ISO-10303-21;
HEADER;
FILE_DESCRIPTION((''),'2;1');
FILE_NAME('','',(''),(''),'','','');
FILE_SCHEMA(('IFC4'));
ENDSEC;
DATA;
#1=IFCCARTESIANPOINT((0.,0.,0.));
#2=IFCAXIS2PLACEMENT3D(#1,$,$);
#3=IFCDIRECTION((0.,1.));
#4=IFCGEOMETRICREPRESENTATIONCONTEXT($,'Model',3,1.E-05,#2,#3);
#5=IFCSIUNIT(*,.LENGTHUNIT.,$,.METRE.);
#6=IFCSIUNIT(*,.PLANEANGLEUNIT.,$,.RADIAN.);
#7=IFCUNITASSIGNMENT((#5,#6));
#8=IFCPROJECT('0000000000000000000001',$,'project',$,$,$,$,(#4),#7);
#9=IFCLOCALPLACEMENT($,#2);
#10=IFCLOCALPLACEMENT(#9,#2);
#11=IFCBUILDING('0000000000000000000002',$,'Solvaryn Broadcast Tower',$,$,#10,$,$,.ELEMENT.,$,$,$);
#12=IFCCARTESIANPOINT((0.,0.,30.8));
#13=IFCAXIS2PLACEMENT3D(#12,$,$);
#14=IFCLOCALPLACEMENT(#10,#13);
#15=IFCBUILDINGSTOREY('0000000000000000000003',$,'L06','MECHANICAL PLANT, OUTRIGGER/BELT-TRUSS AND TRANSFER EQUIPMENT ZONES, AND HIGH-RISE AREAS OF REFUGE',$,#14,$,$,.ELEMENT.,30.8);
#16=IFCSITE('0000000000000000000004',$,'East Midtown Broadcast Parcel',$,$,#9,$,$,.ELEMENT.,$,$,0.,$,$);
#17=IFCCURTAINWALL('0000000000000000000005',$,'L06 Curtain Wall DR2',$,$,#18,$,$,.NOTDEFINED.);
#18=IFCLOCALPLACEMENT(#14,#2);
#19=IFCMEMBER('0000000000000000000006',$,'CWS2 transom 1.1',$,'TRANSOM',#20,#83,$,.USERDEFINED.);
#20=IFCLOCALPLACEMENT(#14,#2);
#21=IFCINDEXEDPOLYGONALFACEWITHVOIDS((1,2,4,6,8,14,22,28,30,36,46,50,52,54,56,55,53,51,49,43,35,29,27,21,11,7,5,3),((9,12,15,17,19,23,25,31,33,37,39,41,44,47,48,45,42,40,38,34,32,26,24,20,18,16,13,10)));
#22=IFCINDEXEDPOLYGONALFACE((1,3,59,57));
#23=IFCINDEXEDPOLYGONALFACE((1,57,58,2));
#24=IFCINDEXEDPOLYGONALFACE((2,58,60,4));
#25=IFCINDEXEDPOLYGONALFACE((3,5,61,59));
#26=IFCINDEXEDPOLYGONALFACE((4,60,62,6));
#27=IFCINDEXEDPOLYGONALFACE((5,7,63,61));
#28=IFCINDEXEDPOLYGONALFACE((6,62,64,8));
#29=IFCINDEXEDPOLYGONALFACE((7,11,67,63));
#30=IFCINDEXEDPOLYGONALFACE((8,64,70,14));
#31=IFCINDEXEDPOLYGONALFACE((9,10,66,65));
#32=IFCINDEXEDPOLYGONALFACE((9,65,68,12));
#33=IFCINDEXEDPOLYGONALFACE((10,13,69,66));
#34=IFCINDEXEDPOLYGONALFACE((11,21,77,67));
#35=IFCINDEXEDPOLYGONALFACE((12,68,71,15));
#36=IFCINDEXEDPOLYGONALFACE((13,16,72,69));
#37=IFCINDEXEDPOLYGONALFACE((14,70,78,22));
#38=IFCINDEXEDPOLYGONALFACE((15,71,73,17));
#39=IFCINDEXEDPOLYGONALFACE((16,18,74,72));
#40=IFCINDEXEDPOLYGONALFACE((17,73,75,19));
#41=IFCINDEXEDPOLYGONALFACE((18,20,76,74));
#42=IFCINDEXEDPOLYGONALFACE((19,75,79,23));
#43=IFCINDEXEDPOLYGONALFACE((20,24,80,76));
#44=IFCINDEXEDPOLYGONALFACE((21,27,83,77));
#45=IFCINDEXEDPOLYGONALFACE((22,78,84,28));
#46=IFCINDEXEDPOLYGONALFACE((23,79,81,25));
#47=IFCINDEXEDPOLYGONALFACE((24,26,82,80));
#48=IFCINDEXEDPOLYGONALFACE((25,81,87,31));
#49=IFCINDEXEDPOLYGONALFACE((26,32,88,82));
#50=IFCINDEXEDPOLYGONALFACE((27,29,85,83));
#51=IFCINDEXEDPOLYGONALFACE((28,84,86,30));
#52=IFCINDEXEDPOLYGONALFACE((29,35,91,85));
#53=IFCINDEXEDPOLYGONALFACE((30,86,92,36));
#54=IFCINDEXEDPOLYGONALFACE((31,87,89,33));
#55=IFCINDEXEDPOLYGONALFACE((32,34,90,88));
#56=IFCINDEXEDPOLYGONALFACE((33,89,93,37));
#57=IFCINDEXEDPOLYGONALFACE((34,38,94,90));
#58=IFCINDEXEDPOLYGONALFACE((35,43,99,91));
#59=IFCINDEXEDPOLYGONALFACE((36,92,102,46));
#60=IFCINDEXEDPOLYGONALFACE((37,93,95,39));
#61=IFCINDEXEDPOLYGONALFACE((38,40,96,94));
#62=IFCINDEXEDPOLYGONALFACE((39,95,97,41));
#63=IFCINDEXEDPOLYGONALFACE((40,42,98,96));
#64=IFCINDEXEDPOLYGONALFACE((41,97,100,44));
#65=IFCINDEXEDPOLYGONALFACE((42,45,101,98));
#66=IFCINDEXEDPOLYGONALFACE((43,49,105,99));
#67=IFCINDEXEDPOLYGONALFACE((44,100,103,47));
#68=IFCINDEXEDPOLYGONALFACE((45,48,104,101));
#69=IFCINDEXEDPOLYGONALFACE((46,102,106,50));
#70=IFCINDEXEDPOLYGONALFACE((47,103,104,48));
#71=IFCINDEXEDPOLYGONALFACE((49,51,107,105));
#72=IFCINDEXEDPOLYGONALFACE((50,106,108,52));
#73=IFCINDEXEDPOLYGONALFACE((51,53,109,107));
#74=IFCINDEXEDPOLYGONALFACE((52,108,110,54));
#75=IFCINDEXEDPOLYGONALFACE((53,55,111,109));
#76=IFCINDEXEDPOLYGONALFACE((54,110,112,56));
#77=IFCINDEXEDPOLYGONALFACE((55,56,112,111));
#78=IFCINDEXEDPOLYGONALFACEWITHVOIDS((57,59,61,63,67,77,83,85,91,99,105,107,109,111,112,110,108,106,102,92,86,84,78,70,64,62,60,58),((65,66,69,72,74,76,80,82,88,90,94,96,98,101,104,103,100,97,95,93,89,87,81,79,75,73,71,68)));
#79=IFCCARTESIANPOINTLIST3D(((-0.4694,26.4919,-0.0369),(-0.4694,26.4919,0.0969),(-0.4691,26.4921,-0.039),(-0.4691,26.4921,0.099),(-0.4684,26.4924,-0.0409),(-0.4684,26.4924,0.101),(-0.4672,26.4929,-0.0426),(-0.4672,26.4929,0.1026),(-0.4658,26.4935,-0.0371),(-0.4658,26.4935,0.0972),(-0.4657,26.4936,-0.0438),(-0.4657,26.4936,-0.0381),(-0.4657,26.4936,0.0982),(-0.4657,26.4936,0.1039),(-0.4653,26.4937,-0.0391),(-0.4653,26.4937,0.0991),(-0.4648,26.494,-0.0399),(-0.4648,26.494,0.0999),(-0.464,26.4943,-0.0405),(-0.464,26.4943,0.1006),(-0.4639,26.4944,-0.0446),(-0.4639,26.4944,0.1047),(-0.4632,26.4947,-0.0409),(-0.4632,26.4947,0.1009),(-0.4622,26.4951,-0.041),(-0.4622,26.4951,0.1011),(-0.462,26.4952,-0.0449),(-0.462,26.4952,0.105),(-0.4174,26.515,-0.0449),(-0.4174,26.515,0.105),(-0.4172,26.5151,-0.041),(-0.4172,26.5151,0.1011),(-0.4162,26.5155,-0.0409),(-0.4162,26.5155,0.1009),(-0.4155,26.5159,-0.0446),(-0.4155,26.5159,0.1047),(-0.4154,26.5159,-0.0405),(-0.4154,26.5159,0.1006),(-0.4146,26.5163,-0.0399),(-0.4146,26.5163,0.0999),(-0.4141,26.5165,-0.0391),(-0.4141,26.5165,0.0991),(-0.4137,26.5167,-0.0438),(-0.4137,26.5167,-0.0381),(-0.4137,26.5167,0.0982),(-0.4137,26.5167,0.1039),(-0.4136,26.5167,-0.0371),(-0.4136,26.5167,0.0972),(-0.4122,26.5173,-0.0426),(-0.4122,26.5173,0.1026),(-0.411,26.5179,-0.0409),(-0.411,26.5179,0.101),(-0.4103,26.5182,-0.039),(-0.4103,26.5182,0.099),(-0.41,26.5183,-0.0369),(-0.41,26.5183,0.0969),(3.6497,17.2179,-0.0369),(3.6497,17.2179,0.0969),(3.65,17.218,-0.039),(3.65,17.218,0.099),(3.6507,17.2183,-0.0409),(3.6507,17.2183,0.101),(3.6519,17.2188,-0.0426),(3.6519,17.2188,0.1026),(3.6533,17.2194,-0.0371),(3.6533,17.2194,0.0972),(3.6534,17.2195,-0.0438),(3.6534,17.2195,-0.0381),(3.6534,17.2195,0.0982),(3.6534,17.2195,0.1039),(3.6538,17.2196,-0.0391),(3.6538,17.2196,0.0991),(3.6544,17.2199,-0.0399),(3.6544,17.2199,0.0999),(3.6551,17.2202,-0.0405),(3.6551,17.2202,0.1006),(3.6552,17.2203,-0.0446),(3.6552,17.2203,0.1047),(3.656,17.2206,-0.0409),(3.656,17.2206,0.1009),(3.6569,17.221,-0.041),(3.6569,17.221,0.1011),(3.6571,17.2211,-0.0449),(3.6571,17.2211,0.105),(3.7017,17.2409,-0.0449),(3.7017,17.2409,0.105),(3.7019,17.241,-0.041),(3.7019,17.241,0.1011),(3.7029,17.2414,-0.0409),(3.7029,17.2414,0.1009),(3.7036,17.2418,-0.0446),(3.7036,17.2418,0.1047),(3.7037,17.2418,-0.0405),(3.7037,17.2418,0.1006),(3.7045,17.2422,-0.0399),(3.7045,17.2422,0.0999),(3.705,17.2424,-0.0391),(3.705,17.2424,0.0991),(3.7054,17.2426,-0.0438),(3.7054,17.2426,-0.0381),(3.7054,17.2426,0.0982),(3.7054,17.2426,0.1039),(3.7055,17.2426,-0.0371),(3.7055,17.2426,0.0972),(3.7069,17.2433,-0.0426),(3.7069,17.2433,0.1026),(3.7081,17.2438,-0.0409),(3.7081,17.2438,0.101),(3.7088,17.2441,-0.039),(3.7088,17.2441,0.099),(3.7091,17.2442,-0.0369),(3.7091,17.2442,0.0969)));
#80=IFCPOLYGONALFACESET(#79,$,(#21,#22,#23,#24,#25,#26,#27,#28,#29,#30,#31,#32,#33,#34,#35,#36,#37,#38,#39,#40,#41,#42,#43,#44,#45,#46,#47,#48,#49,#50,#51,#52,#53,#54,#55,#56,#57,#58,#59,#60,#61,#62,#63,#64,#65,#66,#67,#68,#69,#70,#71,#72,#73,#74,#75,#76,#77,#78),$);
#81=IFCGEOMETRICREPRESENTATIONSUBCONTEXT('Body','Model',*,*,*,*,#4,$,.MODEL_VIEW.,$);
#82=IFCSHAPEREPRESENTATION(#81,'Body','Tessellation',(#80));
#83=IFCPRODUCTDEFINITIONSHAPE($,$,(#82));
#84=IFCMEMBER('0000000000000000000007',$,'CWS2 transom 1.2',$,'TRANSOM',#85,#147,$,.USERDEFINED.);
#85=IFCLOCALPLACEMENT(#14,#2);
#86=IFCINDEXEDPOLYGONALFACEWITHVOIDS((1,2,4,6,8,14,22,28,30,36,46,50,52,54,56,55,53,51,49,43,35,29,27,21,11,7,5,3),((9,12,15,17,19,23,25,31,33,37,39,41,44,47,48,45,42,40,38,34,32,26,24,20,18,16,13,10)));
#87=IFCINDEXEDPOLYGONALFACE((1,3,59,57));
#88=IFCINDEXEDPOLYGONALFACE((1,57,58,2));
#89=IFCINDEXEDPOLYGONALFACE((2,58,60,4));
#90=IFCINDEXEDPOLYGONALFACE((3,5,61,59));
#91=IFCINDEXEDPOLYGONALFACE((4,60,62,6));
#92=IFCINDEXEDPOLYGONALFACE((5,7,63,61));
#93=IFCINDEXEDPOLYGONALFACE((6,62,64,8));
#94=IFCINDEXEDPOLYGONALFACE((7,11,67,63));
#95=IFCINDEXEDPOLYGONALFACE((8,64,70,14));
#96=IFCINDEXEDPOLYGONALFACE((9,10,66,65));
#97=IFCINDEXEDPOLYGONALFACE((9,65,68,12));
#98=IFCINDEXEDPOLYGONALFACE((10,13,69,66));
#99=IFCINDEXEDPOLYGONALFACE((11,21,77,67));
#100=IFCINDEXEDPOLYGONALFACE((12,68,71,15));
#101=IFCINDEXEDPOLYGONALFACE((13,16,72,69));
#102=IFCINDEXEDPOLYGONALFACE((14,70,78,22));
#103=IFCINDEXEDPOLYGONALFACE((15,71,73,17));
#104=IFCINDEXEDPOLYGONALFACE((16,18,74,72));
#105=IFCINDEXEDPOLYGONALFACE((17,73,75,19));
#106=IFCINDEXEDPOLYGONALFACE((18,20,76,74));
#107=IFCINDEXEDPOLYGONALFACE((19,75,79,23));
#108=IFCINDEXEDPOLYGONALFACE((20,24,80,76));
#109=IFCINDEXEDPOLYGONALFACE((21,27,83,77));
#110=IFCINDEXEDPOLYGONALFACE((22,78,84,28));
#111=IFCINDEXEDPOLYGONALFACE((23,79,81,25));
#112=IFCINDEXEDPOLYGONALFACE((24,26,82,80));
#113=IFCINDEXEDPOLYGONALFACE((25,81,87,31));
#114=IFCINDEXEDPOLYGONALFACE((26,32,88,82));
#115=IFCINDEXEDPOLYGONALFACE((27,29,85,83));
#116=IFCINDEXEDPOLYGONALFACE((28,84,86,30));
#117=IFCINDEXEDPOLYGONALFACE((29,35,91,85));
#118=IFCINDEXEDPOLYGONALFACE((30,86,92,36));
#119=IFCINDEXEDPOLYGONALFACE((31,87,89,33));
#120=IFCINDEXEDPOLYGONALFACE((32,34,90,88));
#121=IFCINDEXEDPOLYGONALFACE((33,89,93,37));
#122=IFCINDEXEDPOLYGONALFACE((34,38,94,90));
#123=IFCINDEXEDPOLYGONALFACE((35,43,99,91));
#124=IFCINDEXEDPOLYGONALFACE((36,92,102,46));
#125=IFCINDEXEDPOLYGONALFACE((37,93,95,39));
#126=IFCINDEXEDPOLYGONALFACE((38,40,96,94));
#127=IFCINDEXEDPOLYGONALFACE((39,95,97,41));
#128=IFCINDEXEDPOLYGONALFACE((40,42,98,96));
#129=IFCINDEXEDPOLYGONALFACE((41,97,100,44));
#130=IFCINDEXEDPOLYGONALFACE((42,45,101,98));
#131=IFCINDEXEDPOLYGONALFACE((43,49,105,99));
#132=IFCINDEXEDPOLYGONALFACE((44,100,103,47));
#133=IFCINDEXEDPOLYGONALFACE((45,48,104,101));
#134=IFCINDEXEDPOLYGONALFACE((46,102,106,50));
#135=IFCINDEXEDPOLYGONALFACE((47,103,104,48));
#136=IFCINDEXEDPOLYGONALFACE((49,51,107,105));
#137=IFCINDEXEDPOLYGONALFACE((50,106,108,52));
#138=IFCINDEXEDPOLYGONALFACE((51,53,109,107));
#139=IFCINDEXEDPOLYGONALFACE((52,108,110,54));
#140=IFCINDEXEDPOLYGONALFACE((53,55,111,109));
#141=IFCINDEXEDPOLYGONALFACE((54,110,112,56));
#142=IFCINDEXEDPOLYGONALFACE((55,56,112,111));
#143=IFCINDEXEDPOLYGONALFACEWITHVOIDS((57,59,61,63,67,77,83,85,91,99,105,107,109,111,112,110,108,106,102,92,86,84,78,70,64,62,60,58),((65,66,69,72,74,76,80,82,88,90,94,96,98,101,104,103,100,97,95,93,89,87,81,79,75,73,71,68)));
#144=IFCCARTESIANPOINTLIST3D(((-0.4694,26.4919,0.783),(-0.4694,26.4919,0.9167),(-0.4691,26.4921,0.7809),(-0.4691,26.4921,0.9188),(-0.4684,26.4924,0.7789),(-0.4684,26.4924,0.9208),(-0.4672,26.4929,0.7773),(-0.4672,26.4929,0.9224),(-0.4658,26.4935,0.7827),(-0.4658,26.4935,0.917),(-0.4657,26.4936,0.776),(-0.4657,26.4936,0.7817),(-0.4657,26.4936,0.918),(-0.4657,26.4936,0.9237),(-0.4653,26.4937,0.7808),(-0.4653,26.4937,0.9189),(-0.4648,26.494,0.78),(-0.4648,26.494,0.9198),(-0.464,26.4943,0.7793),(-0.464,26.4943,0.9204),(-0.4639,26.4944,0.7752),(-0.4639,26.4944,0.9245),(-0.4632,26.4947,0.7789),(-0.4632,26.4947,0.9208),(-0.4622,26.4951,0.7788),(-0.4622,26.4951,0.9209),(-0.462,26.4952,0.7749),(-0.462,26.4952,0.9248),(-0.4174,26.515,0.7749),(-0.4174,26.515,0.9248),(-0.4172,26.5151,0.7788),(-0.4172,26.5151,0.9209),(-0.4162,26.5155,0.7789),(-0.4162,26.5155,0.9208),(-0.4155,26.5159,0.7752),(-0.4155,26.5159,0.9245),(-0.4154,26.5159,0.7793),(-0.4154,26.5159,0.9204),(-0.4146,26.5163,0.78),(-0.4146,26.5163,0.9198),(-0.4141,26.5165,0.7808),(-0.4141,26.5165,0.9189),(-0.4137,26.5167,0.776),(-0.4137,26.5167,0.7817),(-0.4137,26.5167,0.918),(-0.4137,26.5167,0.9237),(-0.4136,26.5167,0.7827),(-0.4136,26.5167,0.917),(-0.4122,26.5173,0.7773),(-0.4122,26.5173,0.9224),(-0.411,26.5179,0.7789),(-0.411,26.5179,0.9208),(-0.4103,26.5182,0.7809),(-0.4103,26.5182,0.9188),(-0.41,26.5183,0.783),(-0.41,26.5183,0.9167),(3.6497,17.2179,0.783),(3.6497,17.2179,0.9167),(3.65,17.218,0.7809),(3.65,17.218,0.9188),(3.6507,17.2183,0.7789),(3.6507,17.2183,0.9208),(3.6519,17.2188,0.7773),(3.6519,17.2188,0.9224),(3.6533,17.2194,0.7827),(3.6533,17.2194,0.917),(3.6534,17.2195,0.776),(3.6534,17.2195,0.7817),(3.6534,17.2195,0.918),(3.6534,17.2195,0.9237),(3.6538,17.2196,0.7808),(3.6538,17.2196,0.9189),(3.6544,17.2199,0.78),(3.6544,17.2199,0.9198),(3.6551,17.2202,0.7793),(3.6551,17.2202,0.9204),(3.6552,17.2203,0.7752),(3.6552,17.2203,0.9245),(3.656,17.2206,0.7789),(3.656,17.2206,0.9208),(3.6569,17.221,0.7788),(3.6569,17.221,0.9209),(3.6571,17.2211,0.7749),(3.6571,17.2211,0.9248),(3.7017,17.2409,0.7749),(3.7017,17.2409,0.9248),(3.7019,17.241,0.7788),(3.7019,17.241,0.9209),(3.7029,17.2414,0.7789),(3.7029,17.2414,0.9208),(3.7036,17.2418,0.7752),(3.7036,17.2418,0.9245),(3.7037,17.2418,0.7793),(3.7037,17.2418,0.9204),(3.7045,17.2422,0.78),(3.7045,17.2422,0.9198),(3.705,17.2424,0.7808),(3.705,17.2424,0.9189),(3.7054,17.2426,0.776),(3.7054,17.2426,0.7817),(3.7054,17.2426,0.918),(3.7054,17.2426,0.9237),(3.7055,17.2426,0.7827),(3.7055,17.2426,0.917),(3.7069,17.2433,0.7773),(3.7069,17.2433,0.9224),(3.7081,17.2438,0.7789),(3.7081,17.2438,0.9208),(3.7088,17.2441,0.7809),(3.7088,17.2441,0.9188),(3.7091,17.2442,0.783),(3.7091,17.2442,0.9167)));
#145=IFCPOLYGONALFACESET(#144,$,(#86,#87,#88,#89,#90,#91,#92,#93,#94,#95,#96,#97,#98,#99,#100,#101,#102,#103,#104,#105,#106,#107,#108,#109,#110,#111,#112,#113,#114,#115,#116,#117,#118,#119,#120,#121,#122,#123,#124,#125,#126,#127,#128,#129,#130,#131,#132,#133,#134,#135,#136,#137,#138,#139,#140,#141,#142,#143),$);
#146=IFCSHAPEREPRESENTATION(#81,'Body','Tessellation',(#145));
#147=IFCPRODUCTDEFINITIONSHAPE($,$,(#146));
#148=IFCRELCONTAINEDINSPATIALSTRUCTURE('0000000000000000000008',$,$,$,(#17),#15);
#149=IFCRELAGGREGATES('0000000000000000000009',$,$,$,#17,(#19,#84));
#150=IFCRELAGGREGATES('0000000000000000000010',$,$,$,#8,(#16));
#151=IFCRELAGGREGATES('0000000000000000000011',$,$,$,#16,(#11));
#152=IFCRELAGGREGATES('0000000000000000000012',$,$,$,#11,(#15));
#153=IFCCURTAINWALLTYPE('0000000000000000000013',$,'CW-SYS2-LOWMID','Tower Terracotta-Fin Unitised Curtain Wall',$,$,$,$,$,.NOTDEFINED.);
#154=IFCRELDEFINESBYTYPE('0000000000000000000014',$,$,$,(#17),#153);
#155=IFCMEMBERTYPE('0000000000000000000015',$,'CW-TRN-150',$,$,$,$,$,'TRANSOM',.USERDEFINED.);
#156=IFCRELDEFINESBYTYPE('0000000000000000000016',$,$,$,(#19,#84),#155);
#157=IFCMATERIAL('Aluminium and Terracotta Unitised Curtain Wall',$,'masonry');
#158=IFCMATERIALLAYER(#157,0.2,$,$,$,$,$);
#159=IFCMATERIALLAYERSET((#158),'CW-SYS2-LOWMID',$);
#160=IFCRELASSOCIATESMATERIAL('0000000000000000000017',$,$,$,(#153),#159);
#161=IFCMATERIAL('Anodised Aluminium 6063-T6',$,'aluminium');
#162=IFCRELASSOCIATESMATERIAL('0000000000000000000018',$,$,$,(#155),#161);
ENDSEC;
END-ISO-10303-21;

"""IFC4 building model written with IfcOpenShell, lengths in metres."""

from ifc_helpers import new_model, si_unit, direction, frame, origin, origin_2d, place, context, subcontext, project, spatial, hollow_rectangle, extrude, material, layer, layer_set, material_profile, profile_set, type_object, element, aggregate, save


model = new_model("IFC4")

# Units and contexts
model_context = context("Model", 3, precision=1e-05, world=origin(), true_north=direction((0.0, 1.0)))
body_context = subcontext(model_context, "Body", "Model", "MODEL_VIEW")
ifc_project = project(units=[si_unit("LENGTHUNIT", "METRE"), si_unit("PLANEANGLEUNIT", "RADIAN")], contexts=[model_context])

# Site, building, storey
site_placement = place(None, origin())
site = spatial("IfcSite", under=ifc_project, at=site_placement, Name="East Midtown Broadcast Parcel", CompositionType="ELEMENT", RefElevation=0.0)
building_placement = place(site_placement, origin())
building = spatial("IfcBuilding", under=site, at=building_placement, Name="Solvaryn Broadcast Tower", CompositionType="ELEMENT")
storey_placement = place(building_placement, frame((0.0, 0.0, 30.8)))
storey = spatial("IfcBuildingStorey", under=building, at=storey_placement, Name="L06", Description="MECHANICAL PLANT, OUTRIGGER/BELT-TRUSS AND TRANSFER EQUIPMENT ZONES, AND HIGH-RISE AREAS OF REFUGE", CompositionType="ELEMENT", Elevation=30.8)

# Shared definitions
ifc_material_1 = material(Name="Aluminium and Terracotta Unitised Curtain Wall", Category="masonry")
ifc_layer_1 = layer(ifc_material_1, 0.2)
ifc_layer_set_1 = layer_set([ifc_layer_1], Name="CW-SYS2-LOWMID")
curtain_wall_type = type_object("IfcCurtainWallType", Name="CW-SYS2-LOWMID", Description="Tower Terracotta-Fin Unitised Curtain Wall", PredefinedType="NOTDEFINED", material=ifc_layer_set_1)

# Curtain wall, members
curtain_wall_1_placement = place(storey_placement, origin())
curtain_wall_1 = element("IfcCurtainWall", 1, at=curtain_wall_1_placement, inside=storey, type_object=curtain_wall_type, Name="L06 Curtain Wall DR2", PredefinedType="NOTDEFINED")
ifc_material_2 = material(Name="Anodised Aluminium 6063-T6", Category="aluminium")
ifc_material_profile_1 = material_profile(ifc_material_2, hollow_rectangle(XDim=0.0649, YDim=0.1499, WallThickness=0.0039, InnerFilletRadius=0.0039, OuterFilletRadius=0.0081, at=origin_2d()))
ifc_profile_set_1 = profile_set([ifc_material_profile_1], Name="Anodised Aluminium 6063-T6")
member_type_1 = type_object("IfcMemberType", Name="CW-TRN-150", ElementType="TRANSOM", PredefinedType="USERDEFINED", material=ifc_profile_set_1)
member_1_placement = place(storey_placement, frame((-0.4397, 26.5051, 0.03), z_axis=(0.405915, -0.913911, 0.0), x_axis=(0.913911, 0.405915, 0.0)))
member_1 = element("IfcMember", 2, at=member_1_placement, type_object=member_type_1, Name="CWS2 transom 1.1", ObjectType="TRANSOM", PredefinedType="USERDEFINED", context=body_context, shape_type="SweptSolid", body=[
    extrude(hollow_rectangle(XDim=0.0649, YDim=0.1499, WallThickness=0.0039, InnerFilletRadius=0.0039, OuterFilletRadius=0.0081, at=origin_2d()), origin(), (0.0, 0.0, 1.0), 10.1477),
])
member_2_placement = place(storey_placement, frame((-0.4397, 26.5051, 0.8499), z_axis=(0.405915, -0.913911, 0.0), x_axis=(0.913911, 0.405915, 0.0)))
member_2 = element("IfcMember", 3, at=member_2_placement, type_object=member_type_1, Name="CWS2 transom 1.2", ObjectType="TRANSOM", PredefinedType="USERDEFINED", context=body_context, shape_type="SweptSolid", body=[
    extrude(hollow_rectangle(XDim=0.0649, YDim=0.1499, WallThickness=0.0039, InnerFilletRadius=0.0039, OuterFilletRadius=0.0081, at=origin_2d()), origin(), (0.0, 0.0, 1.0), 10.1477),
])

aggregate(curtain_wall_1, [member_1, member_2])

save(model, "model.ifc")
